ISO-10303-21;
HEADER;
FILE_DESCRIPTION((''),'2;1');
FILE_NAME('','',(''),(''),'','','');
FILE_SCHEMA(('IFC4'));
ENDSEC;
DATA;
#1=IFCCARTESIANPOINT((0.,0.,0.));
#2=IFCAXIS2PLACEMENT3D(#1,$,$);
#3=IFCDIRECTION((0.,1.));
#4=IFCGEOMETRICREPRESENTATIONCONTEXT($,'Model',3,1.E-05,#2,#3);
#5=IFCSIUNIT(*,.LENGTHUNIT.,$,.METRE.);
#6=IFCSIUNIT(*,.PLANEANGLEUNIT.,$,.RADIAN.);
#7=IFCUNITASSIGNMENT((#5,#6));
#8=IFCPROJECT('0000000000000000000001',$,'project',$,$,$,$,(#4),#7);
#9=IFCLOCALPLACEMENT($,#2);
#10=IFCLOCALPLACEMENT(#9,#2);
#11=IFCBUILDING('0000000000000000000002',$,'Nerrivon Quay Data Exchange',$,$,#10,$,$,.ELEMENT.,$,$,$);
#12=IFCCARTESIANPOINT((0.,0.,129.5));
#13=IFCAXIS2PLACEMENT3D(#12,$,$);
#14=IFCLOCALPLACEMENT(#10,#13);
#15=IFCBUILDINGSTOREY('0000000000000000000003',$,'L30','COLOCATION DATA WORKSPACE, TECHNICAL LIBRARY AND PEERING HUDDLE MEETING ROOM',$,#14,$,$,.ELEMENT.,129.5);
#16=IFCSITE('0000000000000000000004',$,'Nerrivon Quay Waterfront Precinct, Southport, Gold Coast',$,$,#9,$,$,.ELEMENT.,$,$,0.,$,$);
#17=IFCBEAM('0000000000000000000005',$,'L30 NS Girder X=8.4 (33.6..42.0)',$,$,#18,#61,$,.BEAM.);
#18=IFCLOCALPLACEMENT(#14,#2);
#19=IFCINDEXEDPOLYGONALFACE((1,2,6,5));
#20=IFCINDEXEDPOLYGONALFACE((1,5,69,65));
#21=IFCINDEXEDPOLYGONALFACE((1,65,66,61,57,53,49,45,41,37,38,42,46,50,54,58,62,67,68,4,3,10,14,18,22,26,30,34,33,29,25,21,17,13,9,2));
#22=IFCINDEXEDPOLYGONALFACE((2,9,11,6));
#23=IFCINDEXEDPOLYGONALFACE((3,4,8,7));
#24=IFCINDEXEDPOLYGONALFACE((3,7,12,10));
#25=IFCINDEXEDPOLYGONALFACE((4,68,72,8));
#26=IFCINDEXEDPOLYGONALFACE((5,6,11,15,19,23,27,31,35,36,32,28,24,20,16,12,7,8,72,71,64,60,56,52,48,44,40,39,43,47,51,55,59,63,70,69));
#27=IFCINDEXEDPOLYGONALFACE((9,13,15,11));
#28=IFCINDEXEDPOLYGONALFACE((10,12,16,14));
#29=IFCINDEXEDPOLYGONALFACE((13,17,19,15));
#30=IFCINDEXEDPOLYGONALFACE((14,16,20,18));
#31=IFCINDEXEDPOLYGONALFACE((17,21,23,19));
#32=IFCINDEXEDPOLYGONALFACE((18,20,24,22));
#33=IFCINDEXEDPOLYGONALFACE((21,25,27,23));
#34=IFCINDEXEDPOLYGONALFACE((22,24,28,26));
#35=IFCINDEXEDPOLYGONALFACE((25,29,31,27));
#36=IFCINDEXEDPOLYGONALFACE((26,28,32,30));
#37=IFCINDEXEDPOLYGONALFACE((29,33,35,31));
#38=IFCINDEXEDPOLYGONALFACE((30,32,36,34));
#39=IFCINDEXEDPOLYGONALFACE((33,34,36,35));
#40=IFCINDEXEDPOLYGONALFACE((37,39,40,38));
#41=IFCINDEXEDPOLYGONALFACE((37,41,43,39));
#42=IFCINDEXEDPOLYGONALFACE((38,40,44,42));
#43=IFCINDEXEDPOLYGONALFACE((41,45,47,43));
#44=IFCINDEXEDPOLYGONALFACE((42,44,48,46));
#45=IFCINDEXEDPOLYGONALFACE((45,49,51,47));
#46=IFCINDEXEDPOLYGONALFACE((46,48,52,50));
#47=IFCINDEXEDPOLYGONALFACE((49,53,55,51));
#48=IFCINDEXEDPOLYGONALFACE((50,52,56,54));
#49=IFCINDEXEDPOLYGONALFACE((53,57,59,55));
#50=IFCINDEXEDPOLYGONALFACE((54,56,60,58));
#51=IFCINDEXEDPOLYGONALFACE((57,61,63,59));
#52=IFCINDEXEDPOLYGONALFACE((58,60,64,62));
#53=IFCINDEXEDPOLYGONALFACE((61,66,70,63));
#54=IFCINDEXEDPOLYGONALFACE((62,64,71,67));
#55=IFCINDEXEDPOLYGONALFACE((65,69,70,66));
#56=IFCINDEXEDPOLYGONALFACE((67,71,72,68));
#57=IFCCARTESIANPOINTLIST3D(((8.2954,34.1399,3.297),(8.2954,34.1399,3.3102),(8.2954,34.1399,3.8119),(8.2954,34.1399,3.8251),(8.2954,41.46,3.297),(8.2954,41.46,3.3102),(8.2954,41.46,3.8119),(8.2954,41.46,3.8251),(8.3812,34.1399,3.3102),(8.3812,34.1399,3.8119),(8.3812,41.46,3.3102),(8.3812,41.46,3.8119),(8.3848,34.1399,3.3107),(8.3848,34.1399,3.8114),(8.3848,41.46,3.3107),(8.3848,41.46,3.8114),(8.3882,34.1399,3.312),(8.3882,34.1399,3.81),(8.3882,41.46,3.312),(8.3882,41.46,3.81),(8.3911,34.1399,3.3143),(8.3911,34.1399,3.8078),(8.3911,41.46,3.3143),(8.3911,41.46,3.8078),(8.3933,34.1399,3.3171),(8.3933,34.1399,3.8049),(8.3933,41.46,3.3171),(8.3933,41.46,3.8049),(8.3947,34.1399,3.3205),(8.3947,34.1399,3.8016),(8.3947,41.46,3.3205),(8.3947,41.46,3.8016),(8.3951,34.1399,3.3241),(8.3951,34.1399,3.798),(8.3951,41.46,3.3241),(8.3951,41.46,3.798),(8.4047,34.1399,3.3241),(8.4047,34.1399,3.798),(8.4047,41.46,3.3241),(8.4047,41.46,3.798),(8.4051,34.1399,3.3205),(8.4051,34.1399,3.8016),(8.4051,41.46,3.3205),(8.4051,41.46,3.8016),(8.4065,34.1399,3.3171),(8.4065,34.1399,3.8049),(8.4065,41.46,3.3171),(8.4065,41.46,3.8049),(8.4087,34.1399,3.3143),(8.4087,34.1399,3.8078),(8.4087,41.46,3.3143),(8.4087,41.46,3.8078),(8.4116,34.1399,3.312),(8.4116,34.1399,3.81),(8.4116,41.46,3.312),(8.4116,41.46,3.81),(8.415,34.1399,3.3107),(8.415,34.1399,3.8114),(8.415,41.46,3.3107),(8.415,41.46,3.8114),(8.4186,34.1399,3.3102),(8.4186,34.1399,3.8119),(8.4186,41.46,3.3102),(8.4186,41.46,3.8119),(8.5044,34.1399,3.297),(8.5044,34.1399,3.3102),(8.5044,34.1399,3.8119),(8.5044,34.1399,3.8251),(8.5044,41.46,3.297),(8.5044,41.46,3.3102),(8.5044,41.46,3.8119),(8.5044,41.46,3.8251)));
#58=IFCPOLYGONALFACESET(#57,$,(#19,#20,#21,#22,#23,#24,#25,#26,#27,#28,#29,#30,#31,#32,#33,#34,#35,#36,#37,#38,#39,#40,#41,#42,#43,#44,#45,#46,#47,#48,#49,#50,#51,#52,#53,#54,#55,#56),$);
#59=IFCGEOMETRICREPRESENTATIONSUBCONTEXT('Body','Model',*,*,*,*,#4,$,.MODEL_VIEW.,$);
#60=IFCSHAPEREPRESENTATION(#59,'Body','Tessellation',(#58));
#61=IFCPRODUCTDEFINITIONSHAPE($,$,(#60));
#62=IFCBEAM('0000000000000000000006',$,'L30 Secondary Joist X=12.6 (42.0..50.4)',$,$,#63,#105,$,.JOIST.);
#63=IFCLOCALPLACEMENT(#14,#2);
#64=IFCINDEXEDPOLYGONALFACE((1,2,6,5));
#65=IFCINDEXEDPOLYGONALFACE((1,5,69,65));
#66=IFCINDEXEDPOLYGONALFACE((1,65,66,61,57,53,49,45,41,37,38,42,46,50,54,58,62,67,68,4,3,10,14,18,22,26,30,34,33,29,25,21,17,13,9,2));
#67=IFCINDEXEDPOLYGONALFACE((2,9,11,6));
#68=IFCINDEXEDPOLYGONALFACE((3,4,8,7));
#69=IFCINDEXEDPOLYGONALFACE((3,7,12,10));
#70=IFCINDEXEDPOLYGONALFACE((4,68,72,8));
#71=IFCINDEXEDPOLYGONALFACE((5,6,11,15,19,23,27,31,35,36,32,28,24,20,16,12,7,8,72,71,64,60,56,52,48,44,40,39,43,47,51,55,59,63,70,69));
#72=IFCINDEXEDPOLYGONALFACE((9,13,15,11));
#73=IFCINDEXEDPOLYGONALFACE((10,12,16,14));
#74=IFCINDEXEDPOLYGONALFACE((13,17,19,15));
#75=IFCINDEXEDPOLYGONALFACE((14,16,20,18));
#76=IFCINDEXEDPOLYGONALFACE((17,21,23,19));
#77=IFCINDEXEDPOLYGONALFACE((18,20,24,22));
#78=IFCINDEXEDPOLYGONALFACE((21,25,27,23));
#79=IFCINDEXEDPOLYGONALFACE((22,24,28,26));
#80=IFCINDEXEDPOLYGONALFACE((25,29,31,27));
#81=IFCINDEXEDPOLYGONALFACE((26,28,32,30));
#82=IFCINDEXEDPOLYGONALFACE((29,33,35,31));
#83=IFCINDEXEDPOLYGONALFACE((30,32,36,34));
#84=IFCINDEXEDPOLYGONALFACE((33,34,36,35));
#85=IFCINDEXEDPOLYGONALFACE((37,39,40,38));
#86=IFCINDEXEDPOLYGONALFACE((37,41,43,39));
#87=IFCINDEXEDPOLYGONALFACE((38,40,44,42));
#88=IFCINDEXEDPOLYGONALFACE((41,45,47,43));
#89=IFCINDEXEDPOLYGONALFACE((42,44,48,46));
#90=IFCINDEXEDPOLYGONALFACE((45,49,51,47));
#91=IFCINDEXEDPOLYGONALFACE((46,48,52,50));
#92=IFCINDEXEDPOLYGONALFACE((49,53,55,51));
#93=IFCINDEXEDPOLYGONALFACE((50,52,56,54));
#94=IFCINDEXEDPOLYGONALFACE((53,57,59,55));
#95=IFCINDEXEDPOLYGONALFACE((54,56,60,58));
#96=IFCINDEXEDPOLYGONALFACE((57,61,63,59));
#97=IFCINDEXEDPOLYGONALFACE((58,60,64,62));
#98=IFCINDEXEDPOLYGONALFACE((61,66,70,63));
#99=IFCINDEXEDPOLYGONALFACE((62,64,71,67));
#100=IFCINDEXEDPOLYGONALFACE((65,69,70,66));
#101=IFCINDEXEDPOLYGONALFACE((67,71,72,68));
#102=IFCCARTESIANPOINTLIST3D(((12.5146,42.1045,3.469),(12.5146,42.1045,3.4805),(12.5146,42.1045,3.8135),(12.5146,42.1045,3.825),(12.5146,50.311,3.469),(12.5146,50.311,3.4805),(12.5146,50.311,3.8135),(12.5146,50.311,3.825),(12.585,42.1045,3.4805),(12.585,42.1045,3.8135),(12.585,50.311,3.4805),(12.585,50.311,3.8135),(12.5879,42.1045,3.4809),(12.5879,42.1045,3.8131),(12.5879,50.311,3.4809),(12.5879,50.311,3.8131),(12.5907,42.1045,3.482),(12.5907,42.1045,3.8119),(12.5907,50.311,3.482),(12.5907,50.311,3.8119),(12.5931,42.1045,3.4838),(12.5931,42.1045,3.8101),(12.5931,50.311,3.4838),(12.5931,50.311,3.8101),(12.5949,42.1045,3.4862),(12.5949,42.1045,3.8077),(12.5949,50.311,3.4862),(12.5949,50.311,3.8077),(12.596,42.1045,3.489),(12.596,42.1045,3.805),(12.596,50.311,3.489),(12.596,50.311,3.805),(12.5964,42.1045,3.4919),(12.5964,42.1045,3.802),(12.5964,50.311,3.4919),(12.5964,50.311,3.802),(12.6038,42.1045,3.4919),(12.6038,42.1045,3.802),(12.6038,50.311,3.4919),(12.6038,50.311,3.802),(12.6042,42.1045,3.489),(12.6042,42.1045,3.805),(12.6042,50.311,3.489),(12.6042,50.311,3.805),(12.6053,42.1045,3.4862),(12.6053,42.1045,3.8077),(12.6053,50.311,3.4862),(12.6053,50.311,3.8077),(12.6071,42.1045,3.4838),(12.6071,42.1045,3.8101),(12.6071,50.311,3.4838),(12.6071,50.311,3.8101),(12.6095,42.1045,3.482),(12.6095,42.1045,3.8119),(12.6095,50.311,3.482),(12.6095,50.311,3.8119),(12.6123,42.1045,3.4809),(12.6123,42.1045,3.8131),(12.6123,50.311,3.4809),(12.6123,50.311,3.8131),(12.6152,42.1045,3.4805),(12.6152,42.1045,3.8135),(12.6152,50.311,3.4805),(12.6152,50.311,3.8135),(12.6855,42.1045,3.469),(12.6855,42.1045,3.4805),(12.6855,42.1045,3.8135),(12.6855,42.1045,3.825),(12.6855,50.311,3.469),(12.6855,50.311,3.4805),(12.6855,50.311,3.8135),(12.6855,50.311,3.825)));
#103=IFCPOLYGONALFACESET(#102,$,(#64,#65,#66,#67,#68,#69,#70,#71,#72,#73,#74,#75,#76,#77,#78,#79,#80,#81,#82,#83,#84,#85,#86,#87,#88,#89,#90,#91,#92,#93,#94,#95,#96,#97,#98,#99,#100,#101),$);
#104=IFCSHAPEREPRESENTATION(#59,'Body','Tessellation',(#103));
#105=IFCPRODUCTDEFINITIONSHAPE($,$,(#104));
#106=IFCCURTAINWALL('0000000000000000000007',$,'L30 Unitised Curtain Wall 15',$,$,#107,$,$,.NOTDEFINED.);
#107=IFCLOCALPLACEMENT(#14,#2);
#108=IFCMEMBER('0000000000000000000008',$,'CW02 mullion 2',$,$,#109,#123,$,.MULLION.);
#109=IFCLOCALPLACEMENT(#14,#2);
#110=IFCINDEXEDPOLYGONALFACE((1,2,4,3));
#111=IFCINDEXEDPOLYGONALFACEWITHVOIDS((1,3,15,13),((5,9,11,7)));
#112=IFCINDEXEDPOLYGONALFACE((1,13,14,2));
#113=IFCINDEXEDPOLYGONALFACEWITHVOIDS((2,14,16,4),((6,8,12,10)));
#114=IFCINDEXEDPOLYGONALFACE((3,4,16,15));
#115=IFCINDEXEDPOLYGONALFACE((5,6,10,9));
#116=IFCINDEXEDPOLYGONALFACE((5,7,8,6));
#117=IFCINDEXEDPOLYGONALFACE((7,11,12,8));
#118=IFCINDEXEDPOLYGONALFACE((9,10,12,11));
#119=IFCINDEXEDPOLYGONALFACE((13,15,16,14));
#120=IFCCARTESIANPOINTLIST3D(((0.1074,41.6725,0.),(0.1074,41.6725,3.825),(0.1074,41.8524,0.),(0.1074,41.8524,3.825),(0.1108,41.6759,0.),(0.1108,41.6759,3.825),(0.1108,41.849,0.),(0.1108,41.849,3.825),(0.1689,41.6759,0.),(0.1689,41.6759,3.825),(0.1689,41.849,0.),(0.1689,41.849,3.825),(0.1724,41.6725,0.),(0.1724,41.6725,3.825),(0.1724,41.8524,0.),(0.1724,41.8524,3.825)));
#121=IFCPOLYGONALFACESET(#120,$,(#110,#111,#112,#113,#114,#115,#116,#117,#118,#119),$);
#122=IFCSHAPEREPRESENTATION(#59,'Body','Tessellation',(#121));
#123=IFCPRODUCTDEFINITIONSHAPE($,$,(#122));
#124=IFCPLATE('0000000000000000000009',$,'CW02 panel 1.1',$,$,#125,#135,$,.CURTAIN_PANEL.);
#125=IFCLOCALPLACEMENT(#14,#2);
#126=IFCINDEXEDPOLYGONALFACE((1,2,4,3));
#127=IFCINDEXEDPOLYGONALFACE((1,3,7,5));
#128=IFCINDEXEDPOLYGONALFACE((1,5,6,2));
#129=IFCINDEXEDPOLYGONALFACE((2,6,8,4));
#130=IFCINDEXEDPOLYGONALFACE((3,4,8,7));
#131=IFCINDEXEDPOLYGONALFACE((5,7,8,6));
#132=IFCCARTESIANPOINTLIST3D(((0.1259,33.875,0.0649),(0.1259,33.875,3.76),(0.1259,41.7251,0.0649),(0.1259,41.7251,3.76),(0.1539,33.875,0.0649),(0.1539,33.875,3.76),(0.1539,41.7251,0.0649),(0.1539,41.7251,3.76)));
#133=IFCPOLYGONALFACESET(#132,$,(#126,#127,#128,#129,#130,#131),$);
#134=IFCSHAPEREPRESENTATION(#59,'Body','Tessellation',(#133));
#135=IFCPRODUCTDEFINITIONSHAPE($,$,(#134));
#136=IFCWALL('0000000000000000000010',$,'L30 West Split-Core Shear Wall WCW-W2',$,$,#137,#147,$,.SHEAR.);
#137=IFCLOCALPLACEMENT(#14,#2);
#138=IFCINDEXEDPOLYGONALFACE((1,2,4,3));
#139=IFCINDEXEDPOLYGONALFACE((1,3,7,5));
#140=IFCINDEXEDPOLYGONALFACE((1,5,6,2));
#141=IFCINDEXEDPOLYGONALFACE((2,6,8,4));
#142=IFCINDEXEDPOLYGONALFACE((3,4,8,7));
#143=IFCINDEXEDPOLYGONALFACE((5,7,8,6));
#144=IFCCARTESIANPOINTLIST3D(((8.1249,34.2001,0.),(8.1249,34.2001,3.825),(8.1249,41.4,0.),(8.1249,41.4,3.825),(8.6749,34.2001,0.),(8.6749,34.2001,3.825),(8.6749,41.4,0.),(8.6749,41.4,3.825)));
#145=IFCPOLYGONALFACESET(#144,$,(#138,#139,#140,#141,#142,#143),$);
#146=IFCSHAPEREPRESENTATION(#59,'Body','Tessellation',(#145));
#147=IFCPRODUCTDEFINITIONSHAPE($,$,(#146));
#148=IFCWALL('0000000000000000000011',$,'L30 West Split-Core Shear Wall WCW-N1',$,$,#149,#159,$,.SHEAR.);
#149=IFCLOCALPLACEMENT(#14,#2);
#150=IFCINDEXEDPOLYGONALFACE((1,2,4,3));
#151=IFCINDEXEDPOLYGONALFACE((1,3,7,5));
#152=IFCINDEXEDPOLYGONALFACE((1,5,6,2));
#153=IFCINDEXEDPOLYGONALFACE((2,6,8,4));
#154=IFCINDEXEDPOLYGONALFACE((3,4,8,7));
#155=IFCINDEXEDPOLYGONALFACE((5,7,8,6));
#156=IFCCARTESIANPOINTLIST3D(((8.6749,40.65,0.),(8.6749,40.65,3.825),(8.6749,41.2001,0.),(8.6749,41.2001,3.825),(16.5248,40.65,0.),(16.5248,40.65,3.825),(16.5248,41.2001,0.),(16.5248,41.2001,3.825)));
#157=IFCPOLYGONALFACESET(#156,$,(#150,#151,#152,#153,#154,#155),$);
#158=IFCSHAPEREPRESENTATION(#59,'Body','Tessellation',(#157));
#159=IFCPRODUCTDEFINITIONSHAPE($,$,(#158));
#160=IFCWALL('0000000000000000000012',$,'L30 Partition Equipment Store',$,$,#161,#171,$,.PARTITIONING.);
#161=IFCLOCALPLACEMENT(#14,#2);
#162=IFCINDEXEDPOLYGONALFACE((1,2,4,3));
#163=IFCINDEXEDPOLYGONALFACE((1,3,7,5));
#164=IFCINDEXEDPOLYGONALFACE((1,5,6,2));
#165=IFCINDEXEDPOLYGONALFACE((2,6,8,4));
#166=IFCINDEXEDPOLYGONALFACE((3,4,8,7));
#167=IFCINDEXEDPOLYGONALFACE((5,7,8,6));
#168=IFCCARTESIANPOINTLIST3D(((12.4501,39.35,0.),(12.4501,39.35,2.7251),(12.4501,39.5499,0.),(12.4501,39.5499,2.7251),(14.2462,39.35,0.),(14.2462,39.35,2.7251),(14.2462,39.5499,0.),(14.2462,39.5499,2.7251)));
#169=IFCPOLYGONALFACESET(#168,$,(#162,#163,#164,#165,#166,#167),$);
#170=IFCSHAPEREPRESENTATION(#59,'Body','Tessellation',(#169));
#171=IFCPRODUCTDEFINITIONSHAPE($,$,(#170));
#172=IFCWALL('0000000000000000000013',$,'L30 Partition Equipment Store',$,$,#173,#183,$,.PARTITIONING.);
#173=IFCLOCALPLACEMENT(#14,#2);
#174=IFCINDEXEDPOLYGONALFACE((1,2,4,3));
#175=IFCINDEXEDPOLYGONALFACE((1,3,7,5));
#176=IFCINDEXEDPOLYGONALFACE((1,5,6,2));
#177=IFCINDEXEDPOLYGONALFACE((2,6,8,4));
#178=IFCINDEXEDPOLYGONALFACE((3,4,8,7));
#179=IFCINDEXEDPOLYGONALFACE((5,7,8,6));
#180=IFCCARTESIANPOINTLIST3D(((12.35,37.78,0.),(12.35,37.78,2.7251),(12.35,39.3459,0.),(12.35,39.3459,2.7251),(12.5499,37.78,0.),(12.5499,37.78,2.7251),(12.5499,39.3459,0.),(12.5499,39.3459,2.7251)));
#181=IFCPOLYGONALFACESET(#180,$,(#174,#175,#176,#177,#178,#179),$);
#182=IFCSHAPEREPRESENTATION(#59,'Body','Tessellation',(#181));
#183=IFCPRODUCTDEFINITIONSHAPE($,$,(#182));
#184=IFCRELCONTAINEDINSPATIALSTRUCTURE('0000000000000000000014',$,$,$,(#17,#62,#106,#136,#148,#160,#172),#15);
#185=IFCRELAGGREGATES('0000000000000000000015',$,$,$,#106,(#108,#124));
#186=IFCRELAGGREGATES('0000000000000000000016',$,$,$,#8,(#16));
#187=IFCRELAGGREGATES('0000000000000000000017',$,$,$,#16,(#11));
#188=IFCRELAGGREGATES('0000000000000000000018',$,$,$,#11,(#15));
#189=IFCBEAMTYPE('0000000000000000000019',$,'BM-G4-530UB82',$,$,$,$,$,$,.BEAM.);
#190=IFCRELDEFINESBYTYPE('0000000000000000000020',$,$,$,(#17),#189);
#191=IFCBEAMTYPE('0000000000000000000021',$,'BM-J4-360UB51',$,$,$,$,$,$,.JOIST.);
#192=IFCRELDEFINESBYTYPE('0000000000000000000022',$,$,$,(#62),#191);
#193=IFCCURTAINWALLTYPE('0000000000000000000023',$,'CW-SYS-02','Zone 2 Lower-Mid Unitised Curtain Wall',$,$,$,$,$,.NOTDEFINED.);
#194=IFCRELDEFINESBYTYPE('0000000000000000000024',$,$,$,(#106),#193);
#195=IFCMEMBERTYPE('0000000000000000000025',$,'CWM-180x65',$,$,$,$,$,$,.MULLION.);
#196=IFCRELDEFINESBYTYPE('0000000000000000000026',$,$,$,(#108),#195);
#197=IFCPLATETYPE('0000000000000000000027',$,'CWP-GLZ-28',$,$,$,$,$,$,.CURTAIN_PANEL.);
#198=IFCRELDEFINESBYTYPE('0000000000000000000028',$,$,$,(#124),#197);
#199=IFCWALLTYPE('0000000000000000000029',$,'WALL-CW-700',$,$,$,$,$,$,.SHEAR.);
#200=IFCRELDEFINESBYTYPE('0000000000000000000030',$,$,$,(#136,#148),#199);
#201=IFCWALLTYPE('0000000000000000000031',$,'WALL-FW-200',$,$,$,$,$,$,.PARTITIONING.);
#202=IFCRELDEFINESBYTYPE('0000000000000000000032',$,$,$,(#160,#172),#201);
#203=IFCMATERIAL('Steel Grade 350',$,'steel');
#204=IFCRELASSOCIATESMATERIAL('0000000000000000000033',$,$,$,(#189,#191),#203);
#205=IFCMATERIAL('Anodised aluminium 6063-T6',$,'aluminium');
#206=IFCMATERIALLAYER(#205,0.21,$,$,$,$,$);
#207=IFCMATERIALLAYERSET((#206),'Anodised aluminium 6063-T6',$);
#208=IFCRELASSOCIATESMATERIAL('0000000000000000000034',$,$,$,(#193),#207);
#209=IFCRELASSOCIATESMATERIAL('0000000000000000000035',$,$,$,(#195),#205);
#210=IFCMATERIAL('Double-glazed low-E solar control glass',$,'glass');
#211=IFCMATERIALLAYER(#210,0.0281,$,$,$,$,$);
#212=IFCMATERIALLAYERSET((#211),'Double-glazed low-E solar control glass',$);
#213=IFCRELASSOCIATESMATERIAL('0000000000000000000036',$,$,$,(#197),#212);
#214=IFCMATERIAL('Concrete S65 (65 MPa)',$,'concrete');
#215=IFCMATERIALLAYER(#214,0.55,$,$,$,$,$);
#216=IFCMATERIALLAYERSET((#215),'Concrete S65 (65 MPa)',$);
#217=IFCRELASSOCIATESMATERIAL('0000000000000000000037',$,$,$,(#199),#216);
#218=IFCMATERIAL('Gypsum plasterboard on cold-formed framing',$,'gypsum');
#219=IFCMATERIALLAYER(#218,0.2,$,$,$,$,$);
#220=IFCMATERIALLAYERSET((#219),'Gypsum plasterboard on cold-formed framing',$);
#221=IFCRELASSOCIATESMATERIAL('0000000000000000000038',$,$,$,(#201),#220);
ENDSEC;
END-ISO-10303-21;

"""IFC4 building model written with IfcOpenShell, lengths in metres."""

from ifc_helpers import new_model, si_unit, direction, frame, frame_2d, origin, origin_2d, place, context, subcontext, project, spatial, rectangle, hollow_rectangle, i_section, extrude, material, layer, layer_set, material_profile, profile_set, type_object, element, aggregate, save


model = new_model("IFC4")

# Units and contexts
model_context = context("Model", 3, precision=1e-05, world=origin(), true_north=direction((0.0, 1.0)))
body_context = subcontext(model_context, "Body", "Model", "MODEL_VIEW")
ifc_project = project(units=[si_unit("LENGTHUNIT", "METRE"), si_unit("PLANEANGLEUNIT", "RADIAN")], contexts=[model_context])

# Site, building, storey
site_placement = place(None, origin())
site = spatial("IfcSite", under=ifc_project, at=site_placement, Name="Nerrivon Quay Waterfront Precinct, Southport, Gold Coast", CompositionType="ELEMENT", RefElevation=0.0)
building_placement = place(site_placement, origin())
building = spatial("IfcBuilding", under=site, at=building_placement, Name="Nerrivon Quay Data Exchange", CompositionType="ELEMENT")
storey_placement = place(building_placement, frame((0.0, 0.0, 129.5)))
storey = spatial("IfcBuildingStorey", under=building, at=storey_placement, Name="L30", Description="COLOCATION DATA WORKSPACE, TECHNICAL LIBRARY AND PEERING HUDDLE MEETING ROOM", CompositionType="ELEMENT", Elevation=129.5)

# Shared definitions
ifc_material_1 = material(Name="Concrete S65 (65 MPa)", Category="concrete")
ifc_material_2 = material(Name="Steel Grade 350", Category="steel")

# Beams
ifc_material_profile_1 = material_profile(ifc_material_2, i_section(OverallWidth=0.209, OverallDepth=0.5281, WebThickness=0.0095, FlangeThickness=0.0132, FilletRadius=0.0139, at=origin_2d()), Name="530UB82.0")
ifc_profile_set_1 = profile_set([ifc_material_profile_1], Name="Steel Grade 350")
beam_type_1 = type_object("IfcBeamType", Name="BM-G4-530UB82", PredefinedType="BEAM", material=ifc_profile_set_1)
beam_1_placement = place(storey_placement, frame((8.3999, 34.1399, 3.561), z_axis=(0.0, 1.0, 0.0), x_axis=(-1.0, 0.0, 0.0)))
element("IfcBeam", 1, at=beam_1_placement, inside=storey, type_object=beam_type_1, Name="L30 NS Girder X=8.4 (33.6..42.0)", PredefinedType="BEAM", context=body_context, shape_type="SweptSolid", body=[
    extrude(i_section(OverallWidth=0.209, OverallDepth=0.5281, WebThickness=0.0095, FlangeThickness=0.0132, FilletRadius=0.0139, at=origin_2d()), origin(), (0.0, 0.0, 1.0), 7.3201),
])
ifc_material_profile_2 = material_profile(ifc_material_2, i_section(OverallWidth=0.1709, OverallDepth=0.356, WebThickness=0.0073, FlangeThickness=0.0115, FilletRadius=0.0115, at=origin_2d()), Name="360UB50.7")
ifc_profile_set_2 = profile_set([ifc_material_profile_2], Name="Steel Grade 350")
beam_type_2 = type_object("IfcBeamType", Name="BM-J4-360UB51", PredefinedType="JOIST", material=ifc_profile_set_2)
beam_2_placement = place(storey_placement, frame((12.6001, 42.1045, 3.647), z_axis=(0.0, 1.0, 0.0), x_axis=(-1.0, 0.0, 0.0)))
element("IfcBeam", 2, at=beam_2_placement, inside=storey, type_object=beam_type_2, Name="L30 Secondary Joist X=12.6 (42.0..50.4)", PredefinedType="JOIST", context=body_context, shape_type="SweptSolid", body=[
    extrude(i_section(OverallWidth=0.1709, OverallDepth=0.356, WebThickness=0.0073, FlangeThickness=0.0115, FilletRadius=0.0115, at=origin_2d()), origin(), (0.0, 0.0, 1.0), 8.2065),
])

# Curtain wall, member, plate
ifc_material_3 = material(Name="Anodised aluminium 6063-T6", Category="aluminium")
ifc_layer_1 = layer(ifc_material_3, 0.21)
ifc_layer_set_1 = layer_set([ifc_layer_1], Name="Anodised aluminium 6063-T6")
curtain_wall_type = type_object("IfcCurtainWallType", Name="CW-SYS-02", Description="Zone 2 Lower-Mid Unitised Curtain Wall", PredefinedType="NOTDEFINED", material=ifc_layer_set_1)
curtain_wall_placement = place(storey_placement, origin())
curtain_wall = element("IfcCurtainWall", 3, at=curtain_wall_placement, inside=storey, type_object=curtain_wall_type, Name="L30 Unitised Curtain Wall 15", PredefinedType="NOTDEFINED")
ifc_material_profile_3 = material_profile(ifc_material_3, hollow_rectangle(XDim=0.0649, YDim=0.1799, WallThickness=0.0034, at=origin_2d()), Name="ALU-MULL-180x65")
ifc_profile_set_3 = profile_set([ifc_material_profile_3], Name="Anodised aluminium 6063-T6")
member_type = type_object("IfcMemberType", Name="CWM-180x65", PredefinedType="MULLION", material=ifc_profile_set_3)
member_placement = place(storey_placement, frame((0.1399, 41.7625, 0.0), z_axis=(0.0, 0.0, 1.0), x_axis=(-1.0, 0.0, 0.0)))
member = element("IfcMember", 4, at=member_placement, type_object=member_type, Name="CW02 mullion 2", PredefinedType="MULLION", context=body_context, shape_type="SweptSolid", body=[
    extrude(hollow_rectangle(XDim=0.0649, YDim=0.1799, WallThickness=0.0034, at=origin_2d()), origin(), (0.0, 0.0, 1.0), 3.825),
])
ifc_material_4 = material(Name="Double-glazed low-E solar control glass", Category="glass")
ifc_layer_2 = layer(ifc_material_4, 0.0281)
ifc_layer_set_2 = layer_set([ifc_layer_2], Name="Double-glazed low-E solar control glass")
plate_type = type_object("IfcPlateType", Name="CWP-GLZ-28", PredefinedType="CURTAIN_PANEL", material=ifc_layer_set_2)
plate_placement = place(storey_placement, frame((0.1399, 37.8, 0.0649), z_axis=(0.0, 0.0, 1.0), x_axis=(0.0, 1.0, 0.0)))
plate = element("IfcPlate", 5, at=plate_placement, type_object=plate_type, Name="CW02 panel 1.1", PredefinedType="CURTAIN_PANEL", context=body_context, shape_type="SweptSolid", body=[
    extrude(rectangle(XDim=7.8501, YDim=0.0281, at=origin_2d()), origin(), (0.0, 0.0, 1.0), 3.6951),
])
aggregate(curtain_wall, [member, plate])

# Walls
ifc_layer_3 = layer(ifc_material_1, 0.55)
ifc_layer_set_3 = layer_set([ifc_layer_3], Name="Concrete S65 (65 MPa)")
wall_type_1 = type_object("IfcWallType", Name="WALL-CW-700", PredefinedType="SHEAR", material=ifc_layer_set_3)
wall_1_placement = place(storey_placement, frame((8.3999, 34.2, 0.0), z_axis=(0.0, 0.0, 1.0), x_axis=(0.0, 1.0, 0.0)))
element("IfcWall", 6, at=wall_1_placement, inside=storey, type_object=wall_type_1, Name="L30 West Split-Core Shear Wall WCW-W2", PredefinedType="SHEAR", context=body_context, shape_type="SweptSolid", body=[
    extrude(rectangle(XDim=7.2, YDim=0.55, at=frame_2d((3.6001, 0.0))), origin(), (0.0, 0.0, 1.0), 3.825),
])
wall_2_placement = place(storey_placement, frame((8.675, 40.925, 0.0), z_axis=(0.0, 0.0, 1.0), x_axis=(1.0, 0.0, 0.0)))
element("IfcWall", 7, at=wall_2_placement, inside=storey, type_object=wall_type_1, Name="L30 West Split-Core Shear Wall WCW-N1", PredefinedType="SHEAR", context=body_context, shape_type="SweptSolid", body=[
    extrude(rectangle(XDim=7.8499, YDim=0.55, at=frame_2d((3.9248, 0.0))), origin(), (0.0, 0.0, 1.0), 3.825),
])
ifc_material_5 = material(Name="Gypsum plasterboard on cold-formed framing", Category="gypsum")
ifc_layer_4 = layer(ifc_material_5, 0.2)
ifc_layer_set_4 = layer_set([ifc_layer_4], Name="Gypsum plasterboard on cold-formed framing")
wall_type_2 = type_object("IfcWallType", Name="WALL-FW-200", PredefinedType="PARTITIONING", material=ifc_layer_set_4)
wall_3_placement = place(storey_placement, frame((14.2461, 39.45, 0.0), z_axis=(0.0, 0.0, 1.0), x_axis=(-1.0, 0.0, 0.0)))
element("IfcWall", 8, at=wall_3_placement, inside=storey, type_object=wall_type_2, Name="L30 Partition Equipment Store", PredefinedType="PARTITIONING", context=body_context, shape_type="SweptSolid", body=[
    extrude(rectangle(XDim=1.7961, YDim=0.2, at=frame_2d((0.8979, 0.0))), origin(), (0.0, 0.0, 1.0), 2.7251),
])
wall_4_placement = place(storey_placement, frame((12.45, 39.3459, 0.0), z_axis=(0.0, 0.0, 1.0), x_axis=(0.0, -1.0, 0.0)))
element("IfcWall", 9, at=wall_4_placement, inside=storey, type_object=wall_type_2, Name="L30 Partition Equipment Store", PredefinedType="PARTITIONING", context=body_context, shape_type="SweptSolid", body=[
    extrude(rectangle(XDim=1.5659, YDim=0.2, at=frame_2d((0.783, 0.0))), origin(), (0.0, 0.0, 1.0), 2.7251),
])

save(model, "model.ifc")
